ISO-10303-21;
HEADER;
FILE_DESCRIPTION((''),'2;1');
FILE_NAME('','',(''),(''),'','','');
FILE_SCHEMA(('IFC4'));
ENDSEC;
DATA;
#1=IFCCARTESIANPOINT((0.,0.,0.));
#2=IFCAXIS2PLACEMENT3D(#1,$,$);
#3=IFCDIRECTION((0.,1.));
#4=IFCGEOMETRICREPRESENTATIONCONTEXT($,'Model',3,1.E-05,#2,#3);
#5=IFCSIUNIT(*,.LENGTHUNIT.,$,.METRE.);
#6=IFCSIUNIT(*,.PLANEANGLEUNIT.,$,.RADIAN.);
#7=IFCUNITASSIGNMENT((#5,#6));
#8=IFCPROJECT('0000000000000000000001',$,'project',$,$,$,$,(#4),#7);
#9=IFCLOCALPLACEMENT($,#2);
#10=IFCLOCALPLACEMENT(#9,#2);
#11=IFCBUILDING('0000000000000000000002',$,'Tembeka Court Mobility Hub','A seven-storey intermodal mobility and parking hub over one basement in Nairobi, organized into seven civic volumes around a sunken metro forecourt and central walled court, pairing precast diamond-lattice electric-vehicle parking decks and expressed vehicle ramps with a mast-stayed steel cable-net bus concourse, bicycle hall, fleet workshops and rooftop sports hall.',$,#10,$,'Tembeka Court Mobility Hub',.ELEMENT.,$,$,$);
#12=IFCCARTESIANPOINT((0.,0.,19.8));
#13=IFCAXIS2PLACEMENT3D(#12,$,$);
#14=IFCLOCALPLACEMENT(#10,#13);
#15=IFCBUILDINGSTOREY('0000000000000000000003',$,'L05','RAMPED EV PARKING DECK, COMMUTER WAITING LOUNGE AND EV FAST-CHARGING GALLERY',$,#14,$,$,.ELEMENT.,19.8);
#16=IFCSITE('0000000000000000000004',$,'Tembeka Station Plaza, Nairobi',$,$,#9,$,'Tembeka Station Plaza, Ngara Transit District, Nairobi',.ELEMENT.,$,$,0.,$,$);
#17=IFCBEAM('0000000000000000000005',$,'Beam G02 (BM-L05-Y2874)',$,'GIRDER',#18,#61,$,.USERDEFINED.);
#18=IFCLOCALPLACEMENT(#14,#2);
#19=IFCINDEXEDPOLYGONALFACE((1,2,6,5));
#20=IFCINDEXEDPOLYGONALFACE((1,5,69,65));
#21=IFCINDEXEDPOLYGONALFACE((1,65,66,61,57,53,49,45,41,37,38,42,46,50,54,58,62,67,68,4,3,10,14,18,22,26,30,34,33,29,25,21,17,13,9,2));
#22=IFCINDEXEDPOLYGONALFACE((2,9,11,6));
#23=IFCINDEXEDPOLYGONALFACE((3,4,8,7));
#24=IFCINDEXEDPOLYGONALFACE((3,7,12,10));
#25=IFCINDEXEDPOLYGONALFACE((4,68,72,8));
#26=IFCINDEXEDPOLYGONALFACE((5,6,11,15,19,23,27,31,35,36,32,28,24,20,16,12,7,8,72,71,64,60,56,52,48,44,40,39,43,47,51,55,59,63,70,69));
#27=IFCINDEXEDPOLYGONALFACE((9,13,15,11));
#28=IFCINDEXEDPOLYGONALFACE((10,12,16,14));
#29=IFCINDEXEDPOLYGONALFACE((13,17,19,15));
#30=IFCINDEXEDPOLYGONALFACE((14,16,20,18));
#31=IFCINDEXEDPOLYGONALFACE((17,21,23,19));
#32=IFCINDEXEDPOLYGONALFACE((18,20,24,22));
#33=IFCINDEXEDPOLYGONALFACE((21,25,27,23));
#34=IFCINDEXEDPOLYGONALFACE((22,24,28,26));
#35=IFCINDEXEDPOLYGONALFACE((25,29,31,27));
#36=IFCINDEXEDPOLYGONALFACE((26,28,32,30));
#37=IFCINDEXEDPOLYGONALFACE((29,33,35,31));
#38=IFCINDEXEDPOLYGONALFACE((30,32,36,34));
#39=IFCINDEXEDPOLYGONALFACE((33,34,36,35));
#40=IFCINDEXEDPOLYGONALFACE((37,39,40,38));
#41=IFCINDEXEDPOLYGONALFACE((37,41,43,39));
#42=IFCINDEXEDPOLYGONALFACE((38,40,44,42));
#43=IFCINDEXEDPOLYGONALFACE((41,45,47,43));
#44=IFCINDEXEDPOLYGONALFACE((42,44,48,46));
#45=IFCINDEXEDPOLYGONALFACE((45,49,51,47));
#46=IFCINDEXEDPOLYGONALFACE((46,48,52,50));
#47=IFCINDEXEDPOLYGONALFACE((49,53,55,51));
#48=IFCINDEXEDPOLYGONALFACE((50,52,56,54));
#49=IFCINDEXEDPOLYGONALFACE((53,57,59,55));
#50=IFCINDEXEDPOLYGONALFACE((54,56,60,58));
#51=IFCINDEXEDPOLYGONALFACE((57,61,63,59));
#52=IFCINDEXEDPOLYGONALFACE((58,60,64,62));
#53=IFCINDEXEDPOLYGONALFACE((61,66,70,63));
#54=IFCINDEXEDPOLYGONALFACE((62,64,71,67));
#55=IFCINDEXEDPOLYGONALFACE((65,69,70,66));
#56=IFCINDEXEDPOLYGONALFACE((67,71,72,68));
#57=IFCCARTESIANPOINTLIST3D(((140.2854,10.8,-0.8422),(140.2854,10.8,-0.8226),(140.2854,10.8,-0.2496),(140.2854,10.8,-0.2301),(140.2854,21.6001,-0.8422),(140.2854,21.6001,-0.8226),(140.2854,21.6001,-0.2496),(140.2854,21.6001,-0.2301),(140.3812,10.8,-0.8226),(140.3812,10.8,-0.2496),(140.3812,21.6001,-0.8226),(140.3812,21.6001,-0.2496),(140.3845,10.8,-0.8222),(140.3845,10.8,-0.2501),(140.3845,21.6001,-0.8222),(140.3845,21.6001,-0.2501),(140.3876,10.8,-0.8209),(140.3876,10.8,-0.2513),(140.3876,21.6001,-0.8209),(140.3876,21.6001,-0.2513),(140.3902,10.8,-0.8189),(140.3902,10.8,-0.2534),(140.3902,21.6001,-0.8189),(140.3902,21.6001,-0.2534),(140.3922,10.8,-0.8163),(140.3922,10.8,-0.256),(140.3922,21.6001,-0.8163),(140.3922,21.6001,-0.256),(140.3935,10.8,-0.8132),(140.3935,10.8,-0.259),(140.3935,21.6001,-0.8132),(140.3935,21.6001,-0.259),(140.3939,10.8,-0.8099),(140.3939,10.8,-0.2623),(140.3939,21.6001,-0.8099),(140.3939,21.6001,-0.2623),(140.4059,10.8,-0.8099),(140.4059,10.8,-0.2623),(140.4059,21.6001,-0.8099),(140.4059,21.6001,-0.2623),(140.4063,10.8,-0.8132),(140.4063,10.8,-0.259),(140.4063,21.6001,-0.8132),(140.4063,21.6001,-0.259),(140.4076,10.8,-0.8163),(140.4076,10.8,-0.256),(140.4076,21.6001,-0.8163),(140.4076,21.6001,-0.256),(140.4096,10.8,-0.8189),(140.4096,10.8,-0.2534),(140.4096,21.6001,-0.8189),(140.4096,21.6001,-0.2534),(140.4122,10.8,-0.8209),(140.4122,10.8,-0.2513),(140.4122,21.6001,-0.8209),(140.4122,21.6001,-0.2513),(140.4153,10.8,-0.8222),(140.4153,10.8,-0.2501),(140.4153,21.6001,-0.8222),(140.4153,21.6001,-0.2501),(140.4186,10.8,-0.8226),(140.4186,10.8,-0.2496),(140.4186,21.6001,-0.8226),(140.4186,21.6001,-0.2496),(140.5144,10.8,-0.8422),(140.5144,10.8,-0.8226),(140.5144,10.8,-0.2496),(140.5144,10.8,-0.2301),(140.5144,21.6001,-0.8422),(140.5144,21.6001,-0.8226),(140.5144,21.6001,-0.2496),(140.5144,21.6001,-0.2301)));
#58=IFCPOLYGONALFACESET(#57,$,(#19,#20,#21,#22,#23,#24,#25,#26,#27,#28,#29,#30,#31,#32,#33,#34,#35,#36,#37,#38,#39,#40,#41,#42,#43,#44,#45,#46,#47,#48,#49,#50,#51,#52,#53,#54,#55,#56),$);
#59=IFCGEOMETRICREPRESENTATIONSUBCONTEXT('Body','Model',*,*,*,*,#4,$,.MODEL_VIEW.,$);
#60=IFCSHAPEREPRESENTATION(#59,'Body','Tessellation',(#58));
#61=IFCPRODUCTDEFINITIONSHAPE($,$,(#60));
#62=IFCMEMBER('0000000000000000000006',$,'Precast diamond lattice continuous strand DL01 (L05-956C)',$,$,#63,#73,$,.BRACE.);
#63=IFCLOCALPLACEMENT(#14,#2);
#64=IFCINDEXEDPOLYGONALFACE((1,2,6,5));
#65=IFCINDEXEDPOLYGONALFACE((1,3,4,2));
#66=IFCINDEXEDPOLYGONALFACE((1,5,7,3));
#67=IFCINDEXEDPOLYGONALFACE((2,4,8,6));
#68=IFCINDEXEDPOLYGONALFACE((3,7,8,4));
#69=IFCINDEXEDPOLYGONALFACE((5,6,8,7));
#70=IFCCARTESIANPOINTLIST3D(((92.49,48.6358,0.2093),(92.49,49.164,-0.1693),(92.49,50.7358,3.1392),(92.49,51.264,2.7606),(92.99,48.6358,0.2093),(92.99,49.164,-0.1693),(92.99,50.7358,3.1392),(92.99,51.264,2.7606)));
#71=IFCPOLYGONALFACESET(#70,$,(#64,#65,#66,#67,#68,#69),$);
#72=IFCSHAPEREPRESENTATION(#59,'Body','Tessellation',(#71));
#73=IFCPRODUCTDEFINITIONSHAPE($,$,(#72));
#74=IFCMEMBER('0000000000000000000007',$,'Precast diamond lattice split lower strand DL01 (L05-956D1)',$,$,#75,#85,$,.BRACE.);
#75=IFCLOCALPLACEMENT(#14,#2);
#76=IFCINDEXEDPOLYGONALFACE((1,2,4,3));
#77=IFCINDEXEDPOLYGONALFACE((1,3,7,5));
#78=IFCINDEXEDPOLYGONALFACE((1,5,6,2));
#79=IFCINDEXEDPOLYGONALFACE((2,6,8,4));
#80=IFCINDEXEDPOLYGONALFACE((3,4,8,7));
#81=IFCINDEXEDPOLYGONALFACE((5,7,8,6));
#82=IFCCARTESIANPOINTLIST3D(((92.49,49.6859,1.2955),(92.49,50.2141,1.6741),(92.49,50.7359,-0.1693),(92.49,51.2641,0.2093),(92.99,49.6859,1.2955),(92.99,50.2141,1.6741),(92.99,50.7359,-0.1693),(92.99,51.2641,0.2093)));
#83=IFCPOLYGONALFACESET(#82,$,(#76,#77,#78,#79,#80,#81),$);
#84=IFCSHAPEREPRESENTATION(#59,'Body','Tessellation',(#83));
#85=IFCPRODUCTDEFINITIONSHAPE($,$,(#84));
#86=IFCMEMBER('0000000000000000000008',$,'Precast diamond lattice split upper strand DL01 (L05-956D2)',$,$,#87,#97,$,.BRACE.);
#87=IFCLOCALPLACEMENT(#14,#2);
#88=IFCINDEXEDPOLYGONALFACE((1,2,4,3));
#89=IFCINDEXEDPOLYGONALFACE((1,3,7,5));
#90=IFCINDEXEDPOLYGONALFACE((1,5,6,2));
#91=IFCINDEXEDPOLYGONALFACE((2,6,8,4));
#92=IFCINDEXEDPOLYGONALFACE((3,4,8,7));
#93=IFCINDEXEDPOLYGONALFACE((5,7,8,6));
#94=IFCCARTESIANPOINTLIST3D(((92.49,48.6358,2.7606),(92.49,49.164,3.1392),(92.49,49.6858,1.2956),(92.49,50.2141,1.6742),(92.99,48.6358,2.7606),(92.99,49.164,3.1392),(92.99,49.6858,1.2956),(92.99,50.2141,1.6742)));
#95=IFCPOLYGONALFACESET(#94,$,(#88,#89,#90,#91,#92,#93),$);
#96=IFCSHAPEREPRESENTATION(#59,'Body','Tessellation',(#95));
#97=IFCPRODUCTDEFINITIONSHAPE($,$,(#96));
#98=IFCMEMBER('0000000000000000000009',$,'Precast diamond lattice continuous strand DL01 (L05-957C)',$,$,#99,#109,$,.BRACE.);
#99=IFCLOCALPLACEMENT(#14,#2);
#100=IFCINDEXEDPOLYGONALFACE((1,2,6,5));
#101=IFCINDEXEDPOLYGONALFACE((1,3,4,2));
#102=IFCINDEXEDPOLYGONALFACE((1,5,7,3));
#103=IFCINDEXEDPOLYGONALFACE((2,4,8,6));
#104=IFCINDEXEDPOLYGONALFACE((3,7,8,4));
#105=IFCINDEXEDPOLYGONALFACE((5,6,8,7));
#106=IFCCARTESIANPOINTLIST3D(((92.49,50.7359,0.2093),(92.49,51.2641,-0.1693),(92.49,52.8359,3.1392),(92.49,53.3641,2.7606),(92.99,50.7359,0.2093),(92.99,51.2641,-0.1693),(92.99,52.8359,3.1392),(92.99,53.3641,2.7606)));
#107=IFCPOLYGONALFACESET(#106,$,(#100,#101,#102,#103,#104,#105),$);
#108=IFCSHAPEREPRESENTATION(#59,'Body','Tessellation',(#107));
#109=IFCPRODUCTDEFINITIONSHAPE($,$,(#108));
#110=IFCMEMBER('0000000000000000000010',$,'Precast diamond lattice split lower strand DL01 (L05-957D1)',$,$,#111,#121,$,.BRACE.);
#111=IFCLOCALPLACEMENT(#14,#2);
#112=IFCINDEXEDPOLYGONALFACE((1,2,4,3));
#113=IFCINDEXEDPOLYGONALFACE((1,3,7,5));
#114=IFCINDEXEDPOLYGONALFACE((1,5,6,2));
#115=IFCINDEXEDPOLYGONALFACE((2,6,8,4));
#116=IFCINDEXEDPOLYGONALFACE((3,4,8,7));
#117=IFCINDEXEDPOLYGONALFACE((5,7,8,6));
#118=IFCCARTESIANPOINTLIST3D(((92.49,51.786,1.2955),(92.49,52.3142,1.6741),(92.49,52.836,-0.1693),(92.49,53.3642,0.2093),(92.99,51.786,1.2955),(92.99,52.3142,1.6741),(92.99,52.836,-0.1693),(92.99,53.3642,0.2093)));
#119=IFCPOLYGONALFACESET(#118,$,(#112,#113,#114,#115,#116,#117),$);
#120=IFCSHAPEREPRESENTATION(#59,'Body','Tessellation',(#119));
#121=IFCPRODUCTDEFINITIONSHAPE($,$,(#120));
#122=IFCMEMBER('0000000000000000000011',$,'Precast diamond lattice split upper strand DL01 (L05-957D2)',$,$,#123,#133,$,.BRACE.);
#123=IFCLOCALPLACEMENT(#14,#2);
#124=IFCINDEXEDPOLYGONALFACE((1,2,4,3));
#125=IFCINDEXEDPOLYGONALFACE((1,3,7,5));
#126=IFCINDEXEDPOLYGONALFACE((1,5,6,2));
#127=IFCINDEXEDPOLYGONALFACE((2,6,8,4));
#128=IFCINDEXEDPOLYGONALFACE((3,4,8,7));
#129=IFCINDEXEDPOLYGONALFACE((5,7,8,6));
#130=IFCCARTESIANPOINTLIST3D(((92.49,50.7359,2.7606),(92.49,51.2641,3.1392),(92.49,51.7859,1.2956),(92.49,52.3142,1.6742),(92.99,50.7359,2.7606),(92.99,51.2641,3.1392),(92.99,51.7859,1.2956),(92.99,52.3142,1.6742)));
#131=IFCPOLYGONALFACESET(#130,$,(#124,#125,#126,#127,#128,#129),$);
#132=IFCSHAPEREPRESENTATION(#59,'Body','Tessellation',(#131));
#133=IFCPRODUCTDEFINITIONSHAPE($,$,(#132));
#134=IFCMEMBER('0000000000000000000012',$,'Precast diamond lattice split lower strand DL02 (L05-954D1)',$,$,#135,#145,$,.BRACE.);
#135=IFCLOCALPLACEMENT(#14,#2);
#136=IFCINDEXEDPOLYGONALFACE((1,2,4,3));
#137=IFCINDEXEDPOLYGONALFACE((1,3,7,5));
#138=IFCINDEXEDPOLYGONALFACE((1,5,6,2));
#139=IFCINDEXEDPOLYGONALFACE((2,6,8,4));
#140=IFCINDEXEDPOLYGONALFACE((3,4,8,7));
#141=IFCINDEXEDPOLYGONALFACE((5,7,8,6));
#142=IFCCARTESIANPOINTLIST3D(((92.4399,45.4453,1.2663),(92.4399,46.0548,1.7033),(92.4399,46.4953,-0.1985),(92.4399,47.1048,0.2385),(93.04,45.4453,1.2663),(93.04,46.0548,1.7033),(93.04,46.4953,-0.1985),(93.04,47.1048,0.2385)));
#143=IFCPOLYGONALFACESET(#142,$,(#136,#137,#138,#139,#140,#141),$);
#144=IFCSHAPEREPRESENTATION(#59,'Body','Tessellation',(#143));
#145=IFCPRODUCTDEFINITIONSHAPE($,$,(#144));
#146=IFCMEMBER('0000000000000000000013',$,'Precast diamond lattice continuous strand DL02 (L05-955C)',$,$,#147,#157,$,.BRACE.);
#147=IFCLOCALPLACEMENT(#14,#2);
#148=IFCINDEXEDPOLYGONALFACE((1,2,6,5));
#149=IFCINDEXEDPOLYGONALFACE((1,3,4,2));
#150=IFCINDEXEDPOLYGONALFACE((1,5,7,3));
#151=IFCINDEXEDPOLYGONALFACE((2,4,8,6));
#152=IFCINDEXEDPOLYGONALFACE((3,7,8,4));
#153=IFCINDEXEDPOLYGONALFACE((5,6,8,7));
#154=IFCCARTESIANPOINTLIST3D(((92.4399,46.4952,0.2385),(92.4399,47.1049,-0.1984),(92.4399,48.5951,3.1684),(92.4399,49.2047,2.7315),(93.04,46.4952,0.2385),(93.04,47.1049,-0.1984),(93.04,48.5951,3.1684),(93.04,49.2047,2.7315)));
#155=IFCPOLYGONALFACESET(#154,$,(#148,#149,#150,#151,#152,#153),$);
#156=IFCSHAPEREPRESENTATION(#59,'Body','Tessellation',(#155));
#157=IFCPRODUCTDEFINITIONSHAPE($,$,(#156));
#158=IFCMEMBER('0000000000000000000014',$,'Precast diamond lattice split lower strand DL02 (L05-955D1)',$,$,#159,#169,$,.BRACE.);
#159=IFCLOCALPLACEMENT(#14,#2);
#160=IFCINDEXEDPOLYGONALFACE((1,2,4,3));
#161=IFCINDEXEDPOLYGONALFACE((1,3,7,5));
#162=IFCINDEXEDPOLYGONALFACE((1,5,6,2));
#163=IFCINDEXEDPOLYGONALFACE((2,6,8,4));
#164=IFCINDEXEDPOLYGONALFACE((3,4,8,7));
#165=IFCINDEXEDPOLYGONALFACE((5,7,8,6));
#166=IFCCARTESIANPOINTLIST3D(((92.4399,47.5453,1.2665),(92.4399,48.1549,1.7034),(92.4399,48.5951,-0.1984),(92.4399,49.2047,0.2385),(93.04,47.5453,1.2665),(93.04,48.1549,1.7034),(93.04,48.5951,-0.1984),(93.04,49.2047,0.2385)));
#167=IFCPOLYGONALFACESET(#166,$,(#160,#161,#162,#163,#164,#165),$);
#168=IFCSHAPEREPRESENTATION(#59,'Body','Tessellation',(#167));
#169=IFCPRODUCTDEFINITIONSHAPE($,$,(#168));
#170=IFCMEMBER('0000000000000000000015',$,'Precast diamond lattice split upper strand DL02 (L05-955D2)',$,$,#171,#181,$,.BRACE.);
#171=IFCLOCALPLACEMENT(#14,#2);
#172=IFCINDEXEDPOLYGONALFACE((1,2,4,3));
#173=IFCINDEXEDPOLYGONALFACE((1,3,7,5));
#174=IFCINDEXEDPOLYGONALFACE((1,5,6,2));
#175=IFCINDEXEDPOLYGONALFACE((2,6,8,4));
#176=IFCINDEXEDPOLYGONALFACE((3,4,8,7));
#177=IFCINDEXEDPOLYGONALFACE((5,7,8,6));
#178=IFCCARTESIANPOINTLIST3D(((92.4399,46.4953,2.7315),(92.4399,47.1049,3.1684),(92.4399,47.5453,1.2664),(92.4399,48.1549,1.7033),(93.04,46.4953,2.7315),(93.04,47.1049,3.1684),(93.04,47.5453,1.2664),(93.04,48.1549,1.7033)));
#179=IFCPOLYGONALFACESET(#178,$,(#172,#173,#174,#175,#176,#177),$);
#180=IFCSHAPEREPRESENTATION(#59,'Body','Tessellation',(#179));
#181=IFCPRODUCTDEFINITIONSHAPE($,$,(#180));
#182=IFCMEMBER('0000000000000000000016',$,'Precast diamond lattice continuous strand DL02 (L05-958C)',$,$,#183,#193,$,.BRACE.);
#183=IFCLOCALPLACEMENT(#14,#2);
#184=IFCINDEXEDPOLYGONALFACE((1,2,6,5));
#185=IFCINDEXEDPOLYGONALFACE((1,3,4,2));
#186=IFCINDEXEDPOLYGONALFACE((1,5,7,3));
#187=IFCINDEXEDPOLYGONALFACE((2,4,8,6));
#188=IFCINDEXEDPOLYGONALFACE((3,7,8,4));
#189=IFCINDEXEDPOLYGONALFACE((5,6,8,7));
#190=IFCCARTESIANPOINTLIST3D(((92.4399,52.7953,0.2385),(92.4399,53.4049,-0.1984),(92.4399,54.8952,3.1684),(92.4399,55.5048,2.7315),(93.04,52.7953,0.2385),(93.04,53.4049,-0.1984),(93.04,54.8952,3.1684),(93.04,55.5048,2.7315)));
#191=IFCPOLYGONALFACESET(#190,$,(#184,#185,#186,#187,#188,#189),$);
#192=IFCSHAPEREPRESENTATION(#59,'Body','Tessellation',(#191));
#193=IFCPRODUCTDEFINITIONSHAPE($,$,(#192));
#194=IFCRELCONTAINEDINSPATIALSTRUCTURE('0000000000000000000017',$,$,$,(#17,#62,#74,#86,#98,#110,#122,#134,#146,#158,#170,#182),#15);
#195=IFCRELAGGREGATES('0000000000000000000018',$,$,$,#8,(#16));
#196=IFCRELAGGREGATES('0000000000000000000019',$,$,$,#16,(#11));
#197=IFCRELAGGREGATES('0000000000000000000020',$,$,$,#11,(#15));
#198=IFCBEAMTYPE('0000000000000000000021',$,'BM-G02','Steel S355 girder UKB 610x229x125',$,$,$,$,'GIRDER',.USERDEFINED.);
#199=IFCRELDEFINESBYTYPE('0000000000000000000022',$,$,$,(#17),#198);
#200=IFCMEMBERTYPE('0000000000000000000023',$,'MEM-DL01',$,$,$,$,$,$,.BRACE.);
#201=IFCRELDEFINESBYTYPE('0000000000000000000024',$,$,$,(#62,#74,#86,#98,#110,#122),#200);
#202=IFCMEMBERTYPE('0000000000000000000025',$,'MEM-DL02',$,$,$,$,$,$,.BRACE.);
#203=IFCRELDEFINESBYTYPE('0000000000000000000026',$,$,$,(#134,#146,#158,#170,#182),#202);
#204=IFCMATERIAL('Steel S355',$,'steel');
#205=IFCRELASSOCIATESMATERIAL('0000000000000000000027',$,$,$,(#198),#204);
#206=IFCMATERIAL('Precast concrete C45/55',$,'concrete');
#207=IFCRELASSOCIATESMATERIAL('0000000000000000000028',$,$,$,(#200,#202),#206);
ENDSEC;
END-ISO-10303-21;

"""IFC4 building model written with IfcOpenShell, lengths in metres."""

from ifc_helpers import new_model, si_unit, direction, frame, origin, origin_2d, place, context, subcontext, project, spatial, rectangle, i_section, extrude, material, material_profile, profile_set, type_object, element, save


model = new_model("IFC4")

# Units and contexts
model_context = context("Model", 3, precision=1e-05, world=origin(), true_north=direction((0.0, 1.0)))
body_context = subcontext(model_context, "Body", "Model", "MODEL_VIEW")
ifc_project = project(units=[si_unit("LENGTHUNIT", "METRE"), si_unit("PLANEANGLEUNIT", "RADIAN")], contexts=[model_context])

# Site, building, storey
site_placement = place(None, origin())
site = spatial("IfcSite", under=ifc_project, at=site_placement, Name="Tembeka Station Plaza, Nairobi", LongName="Tembeka Station Plaza, Ngara Transit District, Nairobi", CompositionType="ELEMENT", RefElevation=0.0)
building_placement = place(site_placement, origin())
building = spatial("IfcBuilding", under=site, at=building_placement, Name="Tembeka Court Mobility Hub", Description="A seven-storey intermodal mobility and parking hub over one basement in Nairobi, organized into seven civic volumes around a sunken metro forecourt and central walled court, pairing precast diamond-lattice electric-vehicle parking decks and expressed vehicle ramps with a mast-stayed steel cable-net bus concourse, bicycle hall, fleet workshops and rooftop sports hall.", LongName="Tembeka Court Mobility Hub", CompositionType="ELEMENT")
storey_placement = place(building_placement, frame((0.0, 0.0, 19.8)))
storey = spatial("IfcBuildingStorey", under=building, at=storey_placement, Name="L05", Description="RAMPED EV PARKING DECK, COMMUTER WAITING LOUNGE AND EV FAST-CHARGING GALLERY", CompositionType="ELEMENT", Elevation=19.8)

# Beam
ifc_material_1 = material(Name="Steel S355", Category="steel")
ifc_material_profile_1 = material_profile(ifc_material_1, i_section(OverallWidth=0.229, OverallDepth=0.6121, WebThickness=0.012, FlangeThickness=0.0195, FilletRadius=0.0127, at=origin_2d()), Name="UKB 610x229x125")
ifc_profile_set_1 = profile_set([ifc_material_profile_1], Name="Steel S355")
beam_type = type_object("IfcBeamType", Name="BM-G02", Description="Steel S355 girder UKB 610x229x125", ElementType="GIRDER", PredefinedType="USERDEFINED", material=ifc_profile_set_1)
for number, where, z_axis, x_axis, name in (
    (1, (140.3999, 10.8, -0.5361), (0.0, 1.0, 0.0), (-1.0, 0.0, 0.0), "Beam G02 (BM-L05-Y2874)"),
):
    element("IfcBeam", number, at=place(storey_placement, frame(where, z_axis=z_axis, x_axis=x_axis)), inside=storey, type_object=beam_type, Name=name, ObjectType="GIRDER", PredefinedType="USERDEFINED", context=body_context, shape_type="SweptSolid", body=[
        extrude(i_section(OverallWidth=0.229, OverallDepth=0.6121, WebThickness=0.012, FlangeThickness=0.0195, FilletRadius=0.0127, at=origin_2d()), origin(), (0.0, 0.0, 1.0), 10.8),
    ])

# Members
ifc_material_2 = material(Name="Precast concrete C45/55", Category="concrete")
ifc_material_profile_2 = material_profile(ifc_material_2, rectangle(XDim=0.5, YDim=0.6499, at=origin_2d()), Name="PC-DIAG 500x650")
ifc_profile_set_2 = profile_set([ifc_material_profile_2], Name="Precast concrete C45/55")
member_type_1 = type_object("IfcMemberType", Name="MEM-DL01", PredefinedType="BRACE", material=ifc_profile_set_2)
member_1_placement = place(storey_placement, frame((92.74, 48.8999, 0.02), z_axis=(0.0, 0.582576, 0.812776), x_axis=(-1.0, 0.0, 0.0)))
element("IfcMember", 2, at=member_1_placement, inside=storey, type_object=member_type_1, Name="Precast diamond lattice continuous strand DL01 (L05-956C)", PredefinedType="BRACE", context=body_context, shape_type="SweptSolid", body=[
    extrude(rectangle(XDim=0.5, YDim=0.6499, at=origin_2d()), origin(), (0.0, 0.0, 1.0), 3.6047),
])
member_2_placement = place(storey_placement, frame((92.74, 51.0, 0.02), z_axis=(0.0, -0.582608, 0.812753), x_axis=(1.0, 0.0, 0.0)))
element("IfcMember", 3, at=member_2_placement, inside=storey, type_object=member_type_1, Name="Precast diamond lattice split lower strand DL01 (L05-956D1)", PredefinedType="BRACE", context=body_context, shape_type="SweptSolid", body=[
    extrude(rectangle(XDim=0.5, YDim=0.6499, at=origin_2d()), origin(), (0.0, 0.0, 1.0), 1.8022),
])
member_3_placement = place(storey_placement, frame((92.74, 49.95, 1.4849), z_axis=(0.0, -0.582544, 0.812799), x_axis=(1.0, 0.0, 0.0)))
element("IfcMember", 4, at=member_3_placement, inside=storey, type_object=member_type_1, Name="Precast diamond lattice split upper strand DL01 (L05-956D2)", PredefinedType="BRACE", context=body_context, shape_type="SweptSolid", body=[
    extrude(rectangle(XDim=0.5, YDim=0.6499, at=origin_2d()), origin(), (0.0, 0.0, 1.0), 1.8025),
])
member_4_placement = place(storey_placement, frame((92.74, 51.0, 0.02), z_axis=(0.0, 0.582576, 0.812776), x_axis=(-1.0, 0.0, 0.0)))
element("IfcMember", 5, at=member_4_placement, inside=storey, type_object=member_type_1, Name="Precast diamond lattice continuous strand DL01 (L05-957C)", PredefinedType="BRACE", context=body_context, shape_type="SweptSolid", body=[
    extrude(rectangle(XDim=0.5, YDim=0.6499, at=origin_2d()), origin(), (0.0, 0.0, 1.0), 3.6047),
])
member_5_placement = place(storey_placement, frame((92.74, 53.1001, 0.02), z_axis=(0.0, -0.582608, 0.812753), x_axis=(1.0, 0.0, 0.0)))
element("IfcMember", 6, at=member_5_placement, inside=storey, type_object=member_type_1, Name="Precast diamond lattice split lower strand DL01 (L05-957D1)", PredefinedType="BRACE", context=body_context, shape_type="SweptSolid", body=[
    extrude(rectangle(XDim=0.5, YDim=0.6499, at=origin_2d()), origin(), (0.0, 0.0, 1.0), 1.8022),
])
member_6_placement = place(storey_placement, frame((92.74, 52.05, 1.4849), z_axis=(0.0, -0.582544, 0.812799), x_axis=(1.0, 0.0, 0.0)))
element("IfcMember", 7, at=member_6_placement, inside=storey, type_object=member_type_1, Name="Precast diamond lattice split upper strand DL01 (L05-957D2)", PredefinedType="BRACE", context=body_context, shape_type="SweptSolid", body=[
    extrude(rectangle(XDim=0.5, YDim=0.6499, at=origin_2d()), origin(), (0.0, 0.0, 1.0), 1.8025),
])
ifc_material_profile_3 = material_profile(ifc_material_2, rectangle(XDim=0.6001, YDim=0.75, at=origin_2d()), Name="PC-DIAG 600x750")
ifc_profile_set_3 = profile_set([ifc_material_profile_3], Name="Precast concrete C45/55")
member_type_2 = type_object("IfcMemberType", Name="MEM-DL02", PredefinedType="BRACE", material=ifc_profile_set_3)
member_7_placement = place(storey_placement, frame((92.74, 46.8, 0.02), z_axis=(0.0, -0.582608, 0.812753), x_axis=(1.0, 0.0, 0.0)))
element("IfcMember", 8, at=member_7_placement, inside=storey, type_object=member_type_2, Name="Precast diamond lattice split lower strand DL02 (L05-954D1)", PredefinedType="BRACE", context=body_context, shape_type="SweptSolid", body=[
    extrude(rectangle(XDim=0.6001, YDim=0.75, at=origin_2d()), origin(), (0.0, 0.0, 1.0), 1.8022),
])
member_8_placement = place(storey_placement, frame((92.74, 46.8, 0.02), z_axis=(0.0, 0.582532, 0.812808), x_axis=(-1.0, 0.0, 0.0)))
element("IfcMember", 9, at=member_8_placement, inside=storey, type_object=member_type_2, Name="Precast diamond lattice continuous strand DL02 (L05-955C)", PredefinedType="BRACE", context=body_context, shape_type="SweptSolid", body=[
    extrude(rectangle(XDim=0.6001, YDim=0.75, at=origin_2d()), origin(), (0.0, 0.0, 1.0), 3.6047),
])
member_9_placement = place(storey_placement, frame((92.74, 48.8999, 0.02), z_axis=(0.0, -0.582519, 0.812817), x_axis=(1.0, 0.0, 0.0)))
element("IfcMember", 10, at=member_9_placement, inside=storey, type_object=member_type_2, Name="Precast diamond lattice split lower strand DL02 (L05-955D1)", PredefinedType="BRACE", context=body_context, shape_type="SweptSolid", body=[
    extrude(rectangle(XDim=0.6001, YDim=0.75, at=origin_2d()), origin(), (0.0, 0.0, 1.0), 1.8022),
])
member_10_placement = place(storey_placement, frame((92.74, 47.8501, 1.4849), z_axis=(0.0, -0.582544, 0.812799), x_axis=(1.0, 0.0, 0.0)))
element("IfcMember", 11, at=member_10_placement, inside=storey, type_object=member_type_2, Name="Precast diamond lattice split upper strand DL02 (L05-955D2)", PredefinedType="BRACE", context=body_context, shape_type="SweptSolid", body=[
    extrude(rectangle(XDim=0.6001, YDim=0.75, at=origin_2d()), origin(), (0.0, 0.0, 1.0), 1.8025),
])
member_11_placement = place(storey_placement, frame((92.74, 53.1001, 0.02), z_axis=(0.0, 0.582532, 0.812808), x_axis=(-1.0, 0.0, 0.0)))
element("IfcMember", 12, at=member_11_placement, inside=storey, type_object=member_type_2, Name="Precast diamond lattice continuous strand DL02 (L05-958C)", PredefinedType="BRACE", context=body_context, shape_type="SweptSolid", body=[
    extrude(rectangle(XDim=0.6001, YDim=0.75, at=origin_2d()), origin(), (0.0, 0.0, 1.0), 3.6047),
])

save(model, "model.ifc")
